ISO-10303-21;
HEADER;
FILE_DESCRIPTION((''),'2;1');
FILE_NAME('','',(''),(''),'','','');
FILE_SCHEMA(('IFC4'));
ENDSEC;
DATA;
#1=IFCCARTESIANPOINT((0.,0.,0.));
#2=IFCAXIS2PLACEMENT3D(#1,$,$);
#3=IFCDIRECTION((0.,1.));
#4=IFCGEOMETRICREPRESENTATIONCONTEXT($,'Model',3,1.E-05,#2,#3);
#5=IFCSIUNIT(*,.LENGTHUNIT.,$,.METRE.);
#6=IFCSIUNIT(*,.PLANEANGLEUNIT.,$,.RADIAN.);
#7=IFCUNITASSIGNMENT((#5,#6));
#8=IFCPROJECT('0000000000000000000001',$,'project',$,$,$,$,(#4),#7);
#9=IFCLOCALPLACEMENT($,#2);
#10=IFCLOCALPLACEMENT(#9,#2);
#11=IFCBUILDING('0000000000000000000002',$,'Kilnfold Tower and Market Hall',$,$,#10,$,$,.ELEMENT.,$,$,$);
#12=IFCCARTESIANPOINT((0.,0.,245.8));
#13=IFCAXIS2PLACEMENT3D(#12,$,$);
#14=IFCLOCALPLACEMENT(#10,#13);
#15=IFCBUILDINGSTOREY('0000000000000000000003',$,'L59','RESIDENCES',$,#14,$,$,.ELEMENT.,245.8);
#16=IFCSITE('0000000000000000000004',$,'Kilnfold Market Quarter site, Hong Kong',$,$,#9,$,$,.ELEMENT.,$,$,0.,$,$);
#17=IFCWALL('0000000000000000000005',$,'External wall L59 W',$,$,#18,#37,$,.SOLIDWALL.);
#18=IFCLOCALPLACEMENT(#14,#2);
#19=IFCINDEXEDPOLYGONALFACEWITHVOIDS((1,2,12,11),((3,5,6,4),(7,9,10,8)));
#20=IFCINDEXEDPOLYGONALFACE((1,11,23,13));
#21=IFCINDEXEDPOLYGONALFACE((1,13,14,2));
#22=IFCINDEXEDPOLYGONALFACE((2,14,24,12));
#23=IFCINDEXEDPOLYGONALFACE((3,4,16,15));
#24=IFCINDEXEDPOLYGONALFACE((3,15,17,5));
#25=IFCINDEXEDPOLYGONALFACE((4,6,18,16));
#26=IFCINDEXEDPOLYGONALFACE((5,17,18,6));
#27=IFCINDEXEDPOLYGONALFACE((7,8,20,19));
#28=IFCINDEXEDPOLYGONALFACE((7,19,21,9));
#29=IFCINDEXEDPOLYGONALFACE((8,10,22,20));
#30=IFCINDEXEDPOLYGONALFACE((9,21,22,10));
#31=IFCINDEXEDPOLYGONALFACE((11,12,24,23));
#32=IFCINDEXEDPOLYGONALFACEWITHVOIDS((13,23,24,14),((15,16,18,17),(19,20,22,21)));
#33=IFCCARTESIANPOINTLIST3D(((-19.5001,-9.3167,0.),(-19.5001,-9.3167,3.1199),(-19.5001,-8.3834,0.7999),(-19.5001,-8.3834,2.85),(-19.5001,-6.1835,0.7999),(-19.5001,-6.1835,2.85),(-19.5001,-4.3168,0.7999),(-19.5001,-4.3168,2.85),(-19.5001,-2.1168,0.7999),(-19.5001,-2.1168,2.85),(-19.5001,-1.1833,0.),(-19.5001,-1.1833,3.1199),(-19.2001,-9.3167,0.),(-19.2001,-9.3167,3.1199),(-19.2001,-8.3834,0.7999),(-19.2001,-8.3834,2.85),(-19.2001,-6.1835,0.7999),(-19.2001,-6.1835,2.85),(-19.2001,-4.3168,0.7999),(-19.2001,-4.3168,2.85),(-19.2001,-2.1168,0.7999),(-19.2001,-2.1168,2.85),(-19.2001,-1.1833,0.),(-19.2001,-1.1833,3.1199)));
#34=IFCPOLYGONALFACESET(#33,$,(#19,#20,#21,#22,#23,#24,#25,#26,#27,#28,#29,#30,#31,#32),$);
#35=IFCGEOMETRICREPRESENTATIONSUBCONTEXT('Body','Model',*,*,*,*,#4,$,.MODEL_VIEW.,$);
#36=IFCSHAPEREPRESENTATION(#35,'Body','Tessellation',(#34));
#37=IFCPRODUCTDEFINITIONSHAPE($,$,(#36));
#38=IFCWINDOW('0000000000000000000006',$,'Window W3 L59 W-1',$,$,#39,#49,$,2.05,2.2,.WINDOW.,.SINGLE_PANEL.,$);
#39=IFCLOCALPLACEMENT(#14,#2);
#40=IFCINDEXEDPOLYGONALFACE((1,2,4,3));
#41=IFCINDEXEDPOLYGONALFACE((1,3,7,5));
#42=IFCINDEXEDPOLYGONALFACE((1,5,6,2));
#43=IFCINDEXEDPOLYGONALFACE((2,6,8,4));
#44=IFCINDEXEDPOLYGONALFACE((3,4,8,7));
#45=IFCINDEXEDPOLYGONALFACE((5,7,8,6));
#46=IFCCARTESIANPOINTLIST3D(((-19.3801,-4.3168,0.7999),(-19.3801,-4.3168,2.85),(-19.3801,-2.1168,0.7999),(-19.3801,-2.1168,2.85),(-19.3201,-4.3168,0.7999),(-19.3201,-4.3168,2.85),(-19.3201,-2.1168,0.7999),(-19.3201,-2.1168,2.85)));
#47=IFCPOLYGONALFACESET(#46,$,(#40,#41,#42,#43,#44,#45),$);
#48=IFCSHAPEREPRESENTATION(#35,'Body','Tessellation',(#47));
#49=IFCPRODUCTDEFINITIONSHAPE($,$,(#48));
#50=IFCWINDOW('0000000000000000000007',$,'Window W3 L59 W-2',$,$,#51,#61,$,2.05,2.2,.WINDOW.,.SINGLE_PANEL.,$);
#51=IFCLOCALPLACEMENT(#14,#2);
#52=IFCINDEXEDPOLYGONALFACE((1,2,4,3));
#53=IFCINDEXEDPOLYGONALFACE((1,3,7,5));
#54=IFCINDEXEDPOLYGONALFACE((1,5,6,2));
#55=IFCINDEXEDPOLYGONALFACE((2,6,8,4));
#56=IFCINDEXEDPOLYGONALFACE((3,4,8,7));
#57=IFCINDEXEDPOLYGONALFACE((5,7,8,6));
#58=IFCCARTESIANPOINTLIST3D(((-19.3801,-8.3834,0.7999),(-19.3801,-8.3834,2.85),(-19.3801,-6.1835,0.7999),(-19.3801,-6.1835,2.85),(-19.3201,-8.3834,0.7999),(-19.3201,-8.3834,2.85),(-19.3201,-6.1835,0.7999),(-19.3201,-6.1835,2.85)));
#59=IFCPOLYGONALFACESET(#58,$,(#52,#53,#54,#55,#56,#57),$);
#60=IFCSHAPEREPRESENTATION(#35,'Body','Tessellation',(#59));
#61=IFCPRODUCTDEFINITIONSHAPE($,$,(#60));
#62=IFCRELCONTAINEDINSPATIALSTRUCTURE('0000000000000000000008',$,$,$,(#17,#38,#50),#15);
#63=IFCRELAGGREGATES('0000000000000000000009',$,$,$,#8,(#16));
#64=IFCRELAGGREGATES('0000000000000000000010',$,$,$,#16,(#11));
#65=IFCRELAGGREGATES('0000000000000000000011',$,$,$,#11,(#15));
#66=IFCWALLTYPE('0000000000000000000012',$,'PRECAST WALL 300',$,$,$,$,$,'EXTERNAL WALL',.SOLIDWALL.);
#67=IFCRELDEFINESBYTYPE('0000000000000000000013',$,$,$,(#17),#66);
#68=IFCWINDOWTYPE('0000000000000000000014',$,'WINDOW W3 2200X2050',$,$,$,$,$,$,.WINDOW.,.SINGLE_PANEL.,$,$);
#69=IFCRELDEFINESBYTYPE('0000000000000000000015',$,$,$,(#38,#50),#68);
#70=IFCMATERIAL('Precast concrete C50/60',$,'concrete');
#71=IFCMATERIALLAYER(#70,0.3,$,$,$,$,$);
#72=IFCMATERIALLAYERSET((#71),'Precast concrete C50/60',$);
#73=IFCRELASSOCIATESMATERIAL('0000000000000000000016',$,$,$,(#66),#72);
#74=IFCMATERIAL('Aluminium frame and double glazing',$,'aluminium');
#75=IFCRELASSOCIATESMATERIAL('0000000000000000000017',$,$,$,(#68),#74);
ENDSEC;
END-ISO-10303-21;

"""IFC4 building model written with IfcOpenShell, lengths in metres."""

from ifc_helpers import new_model, si_unit, direction, frame, frame_2d, origin, place, context, subcontext, project, spatial, rectangle, extrude, source, transform, mapped, material, layer, layer_set, type_object, element, fill, save


model = new_model("IFC4")

# Units and contexts
model_context = context("Model", 3, precision=1e-05, world=origin(), true_north=direction((0.0, 1.0)))
body_context = subcontext(model_context, "Body", "Model", "MODEL_VIEW")
ifc_project = project(units=[si_unit("LENGTHUNIT", "METRE"), si_unit("PLANEANGLEUNIT", "RADIAN")], contexts=[model_context])

# Site, building, storey
site_placement = place(None, origin())
site = spatial("IfcSite", under=ifc_project, at=site_placement, Name="Kilnfold Market Quarter site, Hong Kong", CompositionType="ELEMENT", RefElevation=0.0)
building_placement = place(site_placement, origin())
building = spatial("IfcBuilding", under=site, at=building_placement, Name="Kilnfold Tower and Market Hall", CompositionType="ELEMENT")
storey_placement = place(building_placement, frame((0.0, 0.0, 245.8)))
storey = spatial("IfcBuildingStorey", under=building, at=storey_placement, Name="L59", Description="RESIDENCES", CompositionType="ELEMENT", Elevation=245.8)

# Wall, openings, windows
ifc_material_1 = material(Name="Precast concrete C50/60", Category="concrete")
ifc_layer_1 = layer(ifc_material_1, 0.3)
ifc_layer_set_1 = layer_set([ifc_layer_1], Name="Precast concrete C50/60")
wall_type_1 = type_object("IfcWallType", Name="PRECAST WALL 300", ElementType="EXTERNAL WALL", PredefinedType="SOLIDWALL", material=ifc_layer_set_1)
shared_shape_1 = source(origin(), body_context, "Body", "SweptSolid", [
    extrude(rectangle(XDim=8.1333, YDim=0.3, at=frame_2d((4.0667, 0.0))), origin(), (0.0, 0.0, 1.0), 3.1199),
])
wall_1_placement = place(storey_placement, frame((-19.3501, -1.1833, 0.0), z_axis=(0.0, 0.0, 1.0), x_axis=(0.0, -1.0, 0.0)))
wall_1 = element("IfcWall", 1, at=wall_1_placement, inside=storey, type_object=wall_type_1, Name="External wall L59 W", PredefinedType="SOLIDWALL", context=body_context, shape_type="MappedRepresentation", body=[
    mapped(shared_shape_1, transform((0.0, 0.0, 0.0))),
])
opening_1_placement = place(wall_1_placement, frame((0.9333, 0.0, 0.8)))
opening_1 = element("IfcOpeningElement", 2, at=opening_1_placement, cuts=wall_1, PredefinedType="OPENING", context=body_context, shape_type="SweptSolid", body=[
    extrude(rectangle(XDim=2.2, YDim=2.05, at=frame_2d((1.1001, 1.0249))), frame((0.0, 0.1602, 0.0), z_axis=(0.0, -1.0, 0.0), x_axis=(1.0, 0.0, 0.0)), (0.0, 0.0, 1.0), 0.3201),
])
opening_2_placement = place(wall_1_placement, frame((5.0, 0.0, 0.8)))
opening_2 = element("IfcOpeningElement", 3, at=opening_2_placement, cuts=wall_1, PredefinedType="OPENING", context=body_context, shape_type="SweptSolid", body=[
    extrude(rectangle(XDim=2.2, YDim=2.05, at=frame_2d((1.1001, 1.0249))), frame((0.0, 0.1602, 0.0), z_axis=(0.0, -1.0, 0.0), x_axis=(1.0, 0.0, 0.0)), (0.0, 0.0, 1.0), 0.3201),
])
ifc_material_2 = material(Name="Aluminium frame and double glazing", Category="aluminium")
window_type = type_object("IfcWindowType", Name="WINDOW W3 2200X2050", PartitioningType="SINGLE_PANEL", PredefinedType="WINDOW", material=ifc_material_2)
window_1_placement = place(opening_1_placement, origin())
window_1 = element("IfcWindow", 4, at=window_1_placement, inside=storey, type_object=window_type, Name="Window W3 L59 W-1", OverallHeight=2.05, OverallWidth=2.2, PartitioningType="SINGLE_PANEL", PredefinedType="WINDOW", context=body_context, shape_type="SweptSolid", body=[
    extrude(rectangle(XDim=2.2, YDim=2.05, at=frame_2d((1.1001, 1.0249))), frame((0.0, 0.03, 0.0), z_axis=(0.0, -1.0, 0.0), x_axis=(1.0, 0.0, 0.0)), (0.0, 0.0, 1.0), 0.0601),
])
fill(opening_1, window_1)
window_2_placement = place(opening_2_placement, origin())
window_2 = element("IfcWindow", 5, at=window_2_placement, inside=storey, type_object=window_type, Name="Window W3 L59 W-2", OverallHeight=2.05, OverallWidth=2.2, PartitioningType="SINGLE_PANEL", PredefinedType="WINDOW", context=body_context, shape_type="SweptSolid", body=[
    extrude(rectangle(XDim=2.2, YDim=2.05, at=frame_2d((1.1001, 1.0249))), frame((0.0, 0.03, 0.0), z_axis=(0.0, -1.0, 0.0), x_axis=(1.0, 0.0, 0.0)), (0.0, 0.0, 1.0), 0.0601),
])
fill(opening_2, window_2)

save(model, "model.ifc")
